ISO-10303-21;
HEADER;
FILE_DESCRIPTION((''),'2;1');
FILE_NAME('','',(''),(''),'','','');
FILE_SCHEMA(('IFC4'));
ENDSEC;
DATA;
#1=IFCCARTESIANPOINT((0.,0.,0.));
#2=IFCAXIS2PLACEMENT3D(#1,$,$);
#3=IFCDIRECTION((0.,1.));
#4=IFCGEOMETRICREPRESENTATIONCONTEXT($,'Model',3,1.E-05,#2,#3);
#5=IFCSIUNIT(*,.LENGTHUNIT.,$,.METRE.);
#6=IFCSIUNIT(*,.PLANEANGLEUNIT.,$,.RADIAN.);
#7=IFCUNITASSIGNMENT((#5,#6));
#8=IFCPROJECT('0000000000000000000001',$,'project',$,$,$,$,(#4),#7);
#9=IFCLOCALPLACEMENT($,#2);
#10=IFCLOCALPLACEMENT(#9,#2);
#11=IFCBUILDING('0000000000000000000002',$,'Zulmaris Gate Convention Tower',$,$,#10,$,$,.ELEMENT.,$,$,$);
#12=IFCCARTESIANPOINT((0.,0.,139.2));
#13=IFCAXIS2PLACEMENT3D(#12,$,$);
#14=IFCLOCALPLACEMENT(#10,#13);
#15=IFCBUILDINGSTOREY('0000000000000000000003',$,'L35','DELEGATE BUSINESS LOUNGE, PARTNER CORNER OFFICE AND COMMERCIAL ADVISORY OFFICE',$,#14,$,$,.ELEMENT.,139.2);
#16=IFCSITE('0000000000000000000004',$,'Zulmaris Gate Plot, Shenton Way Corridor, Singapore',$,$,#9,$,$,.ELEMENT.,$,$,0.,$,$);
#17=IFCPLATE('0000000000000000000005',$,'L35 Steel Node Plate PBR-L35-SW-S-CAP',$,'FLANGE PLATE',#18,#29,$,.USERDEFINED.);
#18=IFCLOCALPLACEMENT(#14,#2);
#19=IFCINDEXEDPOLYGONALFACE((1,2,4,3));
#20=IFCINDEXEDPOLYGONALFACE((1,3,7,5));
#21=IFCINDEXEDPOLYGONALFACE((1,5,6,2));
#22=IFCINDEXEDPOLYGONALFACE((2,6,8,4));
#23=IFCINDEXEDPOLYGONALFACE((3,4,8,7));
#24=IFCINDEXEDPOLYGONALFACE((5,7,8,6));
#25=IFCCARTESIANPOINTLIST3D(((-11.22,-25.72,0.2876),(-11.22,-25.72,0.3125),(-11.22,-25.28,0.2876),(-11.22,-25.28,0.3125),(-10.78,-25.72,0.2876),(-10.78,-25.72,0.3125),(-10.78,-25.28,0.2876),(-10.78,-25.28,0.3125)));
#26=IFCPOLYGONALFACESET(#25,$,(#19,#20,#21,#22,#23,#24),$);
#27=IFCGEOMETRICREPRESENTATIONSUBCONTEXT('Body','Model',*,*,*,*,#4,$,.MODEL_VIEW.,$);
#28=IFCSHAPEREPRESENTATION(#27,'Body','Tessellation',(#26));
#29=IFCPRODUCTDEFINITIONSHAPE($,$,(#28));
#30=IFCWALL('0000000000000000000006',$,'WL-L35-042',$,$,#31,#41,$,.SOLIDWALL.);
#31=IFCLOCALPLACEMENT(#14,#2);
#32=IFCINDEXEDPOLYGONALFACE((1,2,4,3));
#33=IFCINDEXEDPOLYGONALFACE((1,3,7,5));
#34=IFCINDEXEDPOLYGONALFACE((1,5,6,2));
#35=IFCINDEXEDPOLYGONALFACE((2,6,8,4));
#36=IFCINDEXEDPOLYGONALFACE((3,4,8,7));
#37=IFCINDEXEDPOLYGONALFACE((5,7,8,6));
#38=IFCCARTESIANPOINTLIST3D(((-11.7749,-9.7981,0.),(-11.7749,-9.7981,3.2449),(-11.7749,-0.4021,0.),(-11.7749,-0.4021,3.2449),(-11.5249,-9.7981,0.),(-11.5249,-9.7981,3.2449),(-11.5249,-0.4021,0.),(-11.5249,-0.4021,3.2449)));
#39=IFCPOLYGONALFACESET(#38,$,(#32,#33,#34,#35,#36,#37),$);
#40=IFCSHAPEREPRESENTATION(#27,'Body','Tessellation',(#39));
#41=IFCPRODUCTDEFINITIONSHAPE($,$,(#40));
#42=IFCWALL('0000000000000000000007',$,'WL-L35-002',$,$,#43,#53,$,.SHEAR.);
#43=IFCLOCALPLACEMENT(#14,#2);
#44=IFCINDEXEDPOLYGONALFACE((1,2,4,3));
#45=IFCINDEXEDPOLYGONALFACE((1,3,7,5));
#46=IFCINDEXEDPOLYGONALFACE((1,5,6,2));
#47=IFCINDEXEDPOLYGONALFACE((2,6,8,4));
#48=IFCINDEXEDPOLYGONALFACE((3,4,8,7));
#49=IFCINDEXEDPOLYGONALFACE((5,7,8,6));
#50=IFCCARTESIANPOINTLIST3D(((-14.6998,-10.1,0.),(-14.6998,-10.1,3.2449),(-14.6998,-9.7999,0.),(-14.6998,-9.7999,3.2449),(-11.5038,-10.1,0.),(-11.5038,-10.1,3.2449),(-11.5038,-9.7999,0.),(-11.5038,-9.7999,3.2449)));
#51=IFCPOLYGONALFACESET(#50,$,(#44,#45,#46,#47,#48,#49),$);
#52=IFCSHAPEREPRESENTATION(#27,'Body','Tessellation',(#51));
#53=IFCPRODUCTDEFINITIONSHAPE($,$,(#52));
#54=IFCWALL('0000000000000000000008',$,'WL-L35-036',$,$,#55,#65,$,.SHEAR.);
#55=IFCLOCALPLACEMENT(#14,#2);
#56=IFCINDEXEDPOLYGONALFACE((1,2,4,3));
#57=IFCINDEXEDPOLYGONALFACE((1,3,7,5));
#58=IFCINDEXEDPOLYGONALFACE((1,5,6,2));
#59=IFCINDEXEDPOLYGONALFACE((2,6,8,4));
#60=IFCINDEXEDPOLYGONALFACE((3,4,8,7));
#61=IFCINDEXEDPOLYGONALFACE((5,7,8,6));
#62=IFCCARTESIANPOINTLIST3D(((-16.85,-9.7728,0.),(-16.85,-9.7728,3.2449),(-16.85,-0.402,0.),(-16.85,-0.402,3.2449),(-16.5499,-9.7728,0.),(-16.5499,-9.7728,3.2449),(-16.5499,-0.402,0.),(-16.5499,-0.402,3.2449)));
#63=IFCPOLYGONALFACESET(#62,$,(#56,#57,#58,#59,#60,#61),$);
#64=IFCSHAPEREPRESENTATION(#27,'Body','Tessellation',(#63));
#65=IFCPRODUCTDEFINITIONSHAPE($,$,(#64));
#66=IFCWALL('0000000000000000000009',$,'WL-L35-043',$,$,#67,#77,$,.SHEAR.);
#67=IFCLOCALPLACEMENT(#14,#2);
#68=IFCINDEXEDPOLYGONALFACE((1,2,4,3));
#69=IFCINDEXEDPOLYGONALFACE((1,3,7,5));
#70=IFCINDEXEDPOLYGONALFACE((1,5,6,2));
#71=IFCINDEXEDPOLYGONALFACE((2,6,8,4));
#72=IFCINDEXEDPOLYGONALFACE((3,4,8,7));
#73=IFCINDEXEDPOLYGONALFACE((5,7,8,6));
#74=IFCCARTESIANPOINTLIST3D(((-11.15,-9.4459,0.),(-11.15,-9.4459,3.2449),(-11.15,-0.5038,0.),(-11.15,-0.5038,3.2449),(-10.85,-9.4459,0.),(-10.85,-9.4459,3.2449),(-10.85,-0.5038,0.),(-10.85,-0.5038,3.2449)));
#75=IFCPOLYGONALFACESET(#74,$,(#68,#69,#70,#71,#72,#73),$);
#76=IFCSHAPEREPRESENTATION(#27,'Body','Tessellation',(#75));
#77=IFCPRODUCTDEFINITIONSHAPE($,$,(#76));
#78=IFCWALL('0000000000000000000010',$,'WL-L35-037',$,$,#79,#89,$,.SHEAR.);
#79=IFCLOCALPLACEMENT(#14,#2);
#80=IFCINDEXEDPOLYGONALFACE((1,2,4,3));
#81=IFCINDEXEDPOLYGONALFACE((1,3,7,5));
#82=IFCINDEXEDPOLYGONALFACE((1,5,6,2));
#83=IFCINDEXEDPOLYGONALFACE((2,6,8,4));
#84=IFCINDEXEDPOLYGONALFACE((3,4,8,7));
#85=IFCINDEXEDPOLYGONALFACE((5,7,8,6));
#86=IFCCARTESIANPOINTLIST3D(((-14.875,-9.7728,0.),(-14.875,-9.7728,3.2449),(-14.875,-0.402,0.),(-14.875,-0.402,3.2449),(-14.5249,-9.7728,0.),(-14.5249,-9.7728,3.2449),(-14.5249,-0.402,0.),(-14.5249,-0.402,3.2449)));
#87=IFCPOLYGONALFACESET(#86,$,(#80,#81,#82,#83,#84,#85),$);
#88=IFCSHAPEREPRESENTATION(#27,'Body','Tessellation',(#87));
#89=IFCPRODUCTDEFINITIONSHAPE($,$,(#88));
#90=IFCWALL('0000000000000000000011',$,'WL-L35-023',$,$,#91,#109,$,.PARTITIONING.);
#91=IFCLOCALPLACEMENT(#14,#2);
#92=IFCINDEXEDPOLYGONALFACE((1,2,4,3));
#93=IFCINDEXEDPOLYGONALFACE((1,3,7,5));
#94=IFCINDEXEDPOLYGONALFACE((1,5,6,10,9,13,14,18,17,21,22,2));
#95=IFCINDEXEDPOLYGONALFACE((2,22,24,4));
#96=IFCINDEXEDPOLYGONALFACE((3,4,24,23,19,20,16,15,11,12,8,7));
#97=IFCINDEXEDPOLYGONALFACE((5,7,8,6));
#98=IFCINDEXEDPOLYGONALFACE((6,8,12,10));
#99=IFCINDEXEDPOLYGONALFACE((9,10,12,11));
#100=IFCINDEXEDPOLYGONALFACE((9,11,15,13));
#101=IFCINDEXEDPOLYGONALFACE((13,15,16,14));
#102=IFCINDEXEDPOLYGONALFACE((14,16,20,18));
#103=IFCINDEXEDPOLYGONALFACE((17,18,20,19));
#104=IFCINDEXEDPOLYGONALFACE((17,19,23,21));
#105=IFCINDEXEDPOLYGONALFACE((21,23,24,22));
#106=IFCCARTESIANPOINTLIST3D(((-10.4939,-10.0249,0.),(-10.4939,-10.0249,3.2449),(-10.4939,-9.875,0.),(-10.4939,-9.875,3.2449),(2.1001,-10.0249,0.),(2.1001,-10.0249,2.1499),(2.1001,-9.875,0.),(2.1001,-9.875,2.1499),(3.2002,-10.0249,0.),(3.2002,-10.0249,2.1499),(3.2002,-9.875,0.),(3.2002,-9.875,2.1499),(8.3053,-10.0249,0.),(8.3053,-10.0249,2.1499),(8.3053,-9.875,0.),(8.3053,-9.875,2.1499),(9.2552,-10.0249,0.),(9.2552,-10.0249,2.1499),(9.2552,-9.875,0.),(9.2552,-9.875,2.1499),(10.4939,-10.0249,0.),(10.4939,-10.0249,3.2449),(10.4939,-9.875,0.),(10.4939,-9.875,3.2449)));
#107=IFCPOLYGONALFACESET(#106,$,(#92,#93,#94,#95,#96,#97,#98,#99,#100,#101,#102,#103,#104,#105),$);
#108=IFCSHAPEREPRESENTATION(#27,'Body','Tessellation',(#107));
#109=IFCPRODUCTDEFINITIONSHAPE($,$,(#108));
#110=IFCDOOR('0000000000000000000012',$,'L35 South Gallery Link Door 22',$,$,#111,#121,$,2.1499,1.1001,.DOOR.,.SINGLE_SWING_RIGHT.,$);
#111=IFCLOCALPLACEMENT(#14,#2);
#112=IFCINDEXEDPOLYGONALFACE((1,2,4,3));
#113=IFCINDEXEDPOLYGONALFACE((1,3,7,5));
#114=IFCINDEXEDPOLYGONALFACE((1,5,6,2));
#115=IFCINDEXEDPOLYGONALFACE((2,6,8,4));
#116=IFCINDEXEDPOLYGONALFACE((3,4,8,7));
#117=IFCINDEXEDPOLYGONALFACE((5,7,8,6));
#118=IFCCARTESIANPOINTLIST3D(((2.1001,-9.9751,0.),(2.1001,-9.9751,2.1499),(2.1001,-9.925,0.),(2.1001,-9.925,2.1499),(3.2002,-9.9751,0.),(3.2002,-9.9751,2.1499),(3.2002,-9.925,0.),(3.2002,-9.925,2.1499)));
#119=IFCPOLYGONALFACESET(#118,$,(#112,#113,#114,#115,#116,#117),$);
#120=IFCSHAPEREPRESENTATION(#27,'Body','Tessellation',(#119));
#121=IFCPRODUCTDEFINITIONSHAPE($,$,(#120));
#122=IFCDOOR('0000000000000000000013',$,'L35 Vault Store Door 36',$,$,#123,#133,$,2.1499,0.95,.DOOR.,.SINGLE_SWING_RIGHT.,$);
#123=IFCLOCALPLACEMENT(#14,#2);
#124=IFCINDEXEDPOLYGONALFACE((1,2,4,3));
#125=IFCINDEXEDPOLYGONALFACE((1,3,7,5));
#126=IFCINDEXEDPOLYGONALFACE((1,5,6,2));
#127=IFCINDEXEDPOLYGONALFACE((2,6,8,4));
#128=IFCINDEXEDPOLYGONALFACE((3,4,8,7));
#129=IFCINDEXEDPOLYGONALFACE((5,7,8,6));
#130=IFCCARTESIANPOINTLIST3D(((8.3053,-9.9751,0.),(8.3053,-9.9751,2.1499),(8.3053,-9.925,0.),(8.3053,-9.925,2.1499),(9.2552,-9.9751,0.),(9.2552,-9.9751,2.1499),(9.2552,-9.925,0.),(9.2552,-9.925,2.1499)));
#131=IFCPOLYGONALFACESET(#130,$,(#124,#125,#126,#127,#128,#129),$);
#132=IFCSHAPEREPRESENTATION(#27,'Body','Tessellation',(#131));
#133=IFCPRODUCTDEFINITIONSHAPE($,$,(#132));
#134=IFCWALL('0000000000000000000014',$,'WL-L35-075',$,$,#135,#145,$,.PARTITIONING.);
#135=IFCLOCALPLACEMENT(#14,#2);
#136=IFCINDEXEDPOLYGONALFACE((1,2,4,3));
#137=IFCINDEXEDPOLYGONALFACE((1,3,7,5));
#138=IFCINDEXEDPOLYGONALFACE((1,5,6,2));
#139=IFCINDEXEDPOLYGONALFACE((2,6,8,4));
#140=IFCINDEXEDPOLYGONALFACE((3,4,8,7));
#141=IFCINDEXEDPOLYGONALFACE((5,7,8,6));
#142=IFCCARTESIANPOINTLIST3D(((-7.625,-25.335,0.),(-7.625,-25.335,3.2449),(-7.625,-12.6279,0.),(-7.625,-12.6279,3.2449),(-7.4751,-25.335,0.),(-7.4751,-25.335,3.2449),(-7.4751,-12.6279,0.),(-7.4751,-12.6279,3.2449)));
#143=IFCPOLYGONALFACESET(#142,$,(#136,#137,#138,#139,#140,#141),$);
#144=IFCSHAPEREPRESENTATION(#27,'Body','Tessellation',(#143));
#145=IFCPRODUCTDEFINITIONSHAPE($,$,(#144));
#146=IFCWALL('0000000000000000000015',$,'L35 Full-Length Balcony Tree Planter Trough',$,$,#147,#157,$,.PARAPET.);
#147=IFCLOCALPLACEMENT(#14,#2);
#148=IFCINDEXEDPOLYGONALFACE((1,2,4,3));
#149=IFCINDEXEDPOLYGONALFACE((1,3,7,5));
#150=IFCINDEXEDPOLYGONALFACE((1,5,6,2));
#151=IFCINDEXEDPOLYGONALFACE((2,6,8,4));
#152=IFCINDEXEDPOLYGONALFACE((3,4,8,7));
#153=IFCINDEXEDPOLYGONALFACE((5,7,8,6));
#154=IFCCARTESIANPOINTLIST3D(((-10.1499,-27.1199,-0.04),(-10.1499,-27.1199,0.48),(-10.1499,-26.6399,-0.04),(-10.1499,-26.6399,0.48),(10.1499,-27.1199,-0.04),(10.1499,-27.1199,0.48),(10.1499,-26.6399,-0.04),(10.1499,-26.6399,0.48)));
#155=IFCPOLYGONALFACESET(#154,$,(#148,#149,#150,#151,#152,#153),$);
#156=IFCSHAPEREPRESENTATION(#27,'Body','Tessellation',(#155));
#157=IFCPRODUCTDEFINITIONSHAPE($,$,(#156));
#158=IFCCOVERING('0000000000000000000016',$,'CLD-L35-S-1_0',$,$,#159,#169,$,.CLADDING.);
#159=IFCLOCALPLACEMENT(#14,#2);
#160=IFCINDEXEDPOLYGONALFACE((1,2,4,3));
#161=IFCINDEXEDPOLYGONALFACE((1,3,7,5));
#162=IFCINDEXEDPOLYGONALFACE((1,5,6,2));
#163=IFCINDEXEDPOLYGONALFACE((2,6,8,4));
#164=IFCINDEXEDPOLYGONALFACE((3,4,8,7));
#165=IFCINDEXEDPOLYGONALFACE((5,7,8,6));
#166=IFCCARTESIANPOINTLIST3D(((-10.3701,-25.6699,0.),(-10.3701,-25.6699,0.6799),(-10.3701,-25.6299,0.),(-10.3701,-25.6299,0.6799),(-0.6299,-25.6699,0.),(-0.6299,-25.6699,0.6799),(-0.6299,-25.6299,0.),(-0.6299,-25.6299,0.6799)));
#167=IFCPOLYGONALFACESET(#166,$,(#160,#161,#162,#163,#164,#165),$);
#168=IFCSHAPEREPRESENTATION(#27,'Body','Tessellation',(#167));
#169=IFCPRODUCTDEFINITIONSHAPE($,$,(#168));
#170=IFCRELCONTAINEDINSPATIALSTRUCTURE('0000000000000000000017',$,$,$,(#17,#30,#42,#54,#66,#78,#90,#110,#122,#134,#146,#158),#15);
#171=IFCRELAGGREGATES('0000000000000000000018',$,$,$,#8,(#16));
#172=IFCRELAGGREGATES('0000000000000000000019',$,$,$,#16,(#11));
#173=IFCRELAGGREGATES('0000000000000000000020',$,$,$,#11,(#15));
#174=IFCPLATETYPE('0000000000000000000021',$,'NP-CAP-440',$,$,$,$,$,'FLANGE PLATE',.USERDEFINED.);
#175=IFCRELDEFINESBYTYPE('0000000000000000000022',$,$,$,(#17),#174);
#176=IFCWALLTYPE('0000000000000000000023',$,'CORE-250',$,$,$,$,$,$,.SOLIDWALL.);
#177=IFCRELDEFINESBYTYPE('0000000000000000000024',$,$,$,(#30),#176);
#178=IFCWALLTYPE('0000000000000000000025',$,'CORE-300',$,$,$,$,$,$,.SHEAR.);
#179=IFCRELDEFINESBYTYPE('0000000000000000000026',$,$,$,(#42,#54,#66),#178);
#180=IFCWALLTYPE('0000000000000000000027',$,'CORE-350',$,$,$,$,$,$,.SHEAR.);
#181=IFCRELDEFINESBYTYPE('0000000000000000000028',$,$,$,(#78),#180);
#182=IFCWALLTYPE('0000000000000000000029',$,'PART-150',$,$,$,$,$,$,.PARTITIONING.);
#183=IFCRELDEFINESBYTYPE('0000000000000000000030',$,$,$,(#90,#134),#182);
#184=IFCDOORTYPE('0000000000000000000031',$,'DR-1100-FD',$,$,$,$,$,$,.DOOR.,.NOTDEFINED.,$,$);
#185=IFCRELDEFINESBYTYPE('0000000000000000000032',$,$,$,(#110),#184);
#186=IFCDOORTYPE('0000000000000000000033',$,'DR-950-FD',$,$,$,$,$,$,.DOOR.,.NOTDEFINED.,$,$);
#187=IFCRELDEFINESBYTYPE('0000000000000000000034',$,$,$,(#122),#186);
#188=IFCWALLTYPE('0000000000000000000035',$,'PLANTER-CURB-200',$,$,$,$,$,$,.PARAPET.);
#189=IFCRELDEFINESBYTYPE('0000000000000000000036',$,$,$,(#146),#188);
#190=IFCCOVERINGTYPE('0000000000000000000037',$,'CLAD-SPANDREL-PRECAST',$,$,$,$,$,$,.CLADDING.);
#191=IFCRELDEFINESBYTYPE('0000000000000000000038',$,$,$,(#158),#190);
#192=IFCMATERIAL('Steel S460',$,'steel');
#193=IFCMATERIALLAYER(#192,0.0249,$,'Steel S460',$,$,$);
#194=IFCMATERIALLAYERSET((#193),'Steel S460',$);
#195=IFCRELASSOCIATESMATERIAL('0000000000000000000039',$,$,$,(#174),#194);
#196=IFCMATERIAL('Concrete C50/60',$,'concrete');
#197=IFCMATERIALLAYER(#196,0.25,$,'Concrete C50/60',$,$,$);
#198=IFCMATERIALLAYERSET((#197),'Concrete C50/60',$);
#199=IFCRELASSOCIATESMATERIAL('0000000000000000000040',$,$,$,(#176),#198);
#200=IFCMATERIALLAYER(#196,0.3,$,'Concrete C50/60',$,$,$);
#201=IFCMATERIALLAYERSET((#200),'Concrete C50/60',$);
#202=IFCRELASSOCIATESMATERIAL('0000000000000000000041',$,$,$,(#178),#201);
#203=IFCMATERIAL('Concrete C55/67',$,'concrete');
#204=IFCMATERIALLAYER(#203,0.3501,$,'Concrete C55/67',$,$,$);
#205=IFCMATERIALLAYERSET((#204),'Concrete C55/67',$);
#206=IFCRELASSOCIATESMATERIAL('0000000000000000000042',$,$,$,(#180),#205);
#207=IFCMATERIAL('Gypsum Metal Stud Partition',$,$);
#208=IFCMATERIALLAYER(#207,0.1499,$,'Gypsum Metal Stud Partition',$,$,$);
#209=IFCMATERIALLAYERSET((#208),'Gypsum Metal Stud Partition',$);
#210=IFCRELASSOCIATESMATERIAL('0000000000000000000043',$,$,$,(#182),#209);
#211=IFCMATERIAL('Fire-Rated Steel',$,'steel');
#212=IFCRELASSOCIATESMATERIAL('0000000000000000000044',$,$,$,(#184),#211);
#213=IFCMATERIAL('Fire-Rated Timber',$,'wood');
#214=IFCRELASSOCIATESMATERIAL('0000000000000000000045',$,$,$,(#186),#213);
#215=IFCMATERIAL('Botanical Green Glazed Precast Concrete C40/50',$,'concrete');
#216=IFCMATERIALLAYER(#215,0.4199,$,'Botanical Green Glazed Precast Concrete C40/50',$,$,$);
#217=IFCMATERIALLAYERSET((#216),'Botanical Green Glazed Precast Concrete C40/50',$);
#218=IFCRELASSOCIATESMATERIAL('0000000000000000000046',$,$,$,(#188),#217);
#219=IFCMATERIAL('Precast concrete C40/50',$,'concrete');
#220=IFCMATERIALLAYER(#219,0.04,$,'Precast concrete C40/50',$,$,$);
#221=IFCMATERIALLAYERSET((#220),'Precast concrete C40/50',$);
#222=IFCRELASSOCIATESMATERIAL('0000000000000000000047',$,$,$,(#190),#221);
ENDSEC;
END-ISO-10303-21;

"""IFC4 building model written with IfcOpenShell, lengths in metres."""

from ifc_helpers import new_model, si_unit, direction, frame, frame_2d, origin, origin_2d, place, context, subcontext, project, spatial, rectangle, extrude, material, layer, layer_set, type_object, element, fill, save


model = new_model("IFC4")

# Units and contexts
model_context = context("Model", 3, precision=1e-05, world=origin(), true_north=direction((0.0, 1.0)))
body_context = subcontext(model_context, "Body", "Model", "MODEL_VIEW")
ifc_project = project(units=[si_unit("LENGTHUNIT", "METRE"), si_unit("PLANEANGLEUNIT", "RADIAN")], contexts=[model_context])

# Site, building, storey
site_placement = place(None, origin())
site = spatial("IfcSite", under=ifc_project, at=site_placement, Name="Zulmaris Gate Plot, Shenton Way Corridor, Singapore", CompositionType="ELEMENT", RefElevation=0.0)
building_placement = place(site_placement, origin())
building = spatial("IfcBuilding", under=site, at=building_placement, Name="Zulmaris Gate Convention Tower", CompositionType="ELEMENT")
storey_placement = place(building_placement, frame((0.0, 0.0, 139.2)))
storey = spatial("IfcBuildingStorey", under=building, at=storey_placement, Name="L35", Description="DELEGATE BUSINESS LOUNGE, PARTNER CORNER OFFICE AND COMMERCIAL ADVISORY OFFICE", CompositionType="ELEMENT", Elevation=139.2)

# Shared definitions
ifc_material_1 = material(Name="Steel S460", Category="steel")

# Plate
ifc_layer_1 = layer(ifc_material_1, 0.0249, Name="Steel S460")
ifc_layer_set_1 = layer_set([ifc_layer_1], Name="Steel S460")
plate_type = type_object("IfcPlateType", Name="NP-CAP-440", ElementType="FLANGE PLATE", PredefinedType="USERDEFINED", material=ifc_layer_set_1)
plate_placement = place(storey_placement, frame((-11.0, -25.5, 0.2876), z_axis=(0.0, 0.0, 1.0), x_axis=(1.0, 0.0, 0.0)))
element("IfcPlate", 1, at=plate_placement, inside=storey, type_object=plate_type, Name="L35 Steel Node Plate PBR-L35-SW-S-CAP", ObjectType="FLANGE PLATE", PredefinedType="USERDEFINED", context=body_context, shape_type="SweptSolid", body=[
    extrude(rectangle(XDim=0.4399, YDim=0.4399, at=origin_2d()), origin(), (0.0, 0.0, 1.0), 0.0249),
])

# Walls
ifc_material_2 = material(Name="Concrete C50/60", Category="concrete")
ifc_layer_2 = layer(ifc_material_2, 0.25, Name="Concrete C50/60")
ifc_layer_set_2 = layer_set([ifc_layer_2], Name="Concrete C50/60")
wall_type_1 = type_object("IfcWallType", Name="CORE-250", PredefinedType="SOLIDWALL", material=ifc_layer_set_2)
wall_1_placement = place(storey_placement, frame((-11.6499, -9.7981, 0.0), z_axis=(0.0, 0.0, 1.0), x_axis=(0.0, 1.0, 0.0)))
element("IfcWall", 2, at=wall_1_placement, inside=storey, type_object=wall_type_1, Name="WL-L35-042", PredefinedType="SOLIDWALL", context=body_context, shape_type="SweptSolid", body=[
    extrude(rectangle(XDim=9.396, YDim=0.25, at=frame_2d((4.698, 0.0))), origin(), (0.0, 0.0, 1.0), 3.2449),
])
ifc_layer_3 = layer(ifc_material_2, 0.3, Name="Concrete C50/60")
ifc_layer_set_3 = layer_set([ifc_layer_3], Name="Concrete C50/60")
wall_type_2 = type_object("IfcWallType", Name="CORE-300", PredefinedType="SHEAR", material=ifc_layer_set_3)
wall_2_placement = place(storey_placement, frame((-14.7, -9.95, 0.0), z_axis=(0.0, 0.0, 1.0), x_axis=(1.0, 0.0, 0.0)))
element("IfcWall", 3, at=wall_2_placement, inside=storey, type_object=wall_type_2, Name="WL-L35-002", PredefinedType="SHEAR", context=body_context, shape_type="SweptSolid", body=[
    extrude(rectangle(XDim=3.196, YDim=0.3, at=frame_2d((1.5981, 0.0))), origin(), (0.0, 0.0, 1.0), 3.2449),
])
wall_3_placement = place(storey_placement, frame((-16.7, -9.7729, 0.0), z_axis=(0.0, 0.0, 1.0), x_axis=(0.0, 1.0, 0.0)))
element("IfcWall", 4, at=wall_3_placement, inside=storey, type_object=wall_type_2, Name="WL-L35-036", PredefinedType="SHEAR", context=body_context, shape_type="SweptSolid", body=[
    extrude(rectangle(XDim=9.3708, YDim=0.3, at=frame_2d((4.6855, 0.0))), origin(), (0.0, 0.0, 1.0), 3.2449),
])
wall_4_placement = place(storey_placement, frame((-11.0, -9.446, 0.0), z_axis=(0.0, 0.0, 1.0), x_axis=(0.0, 1.0, 0.0)))
element("IfcWall", 5, at=wall_4_placement, inside=storey, type_object=wall_type_2, Name="WL-L35-043", PredefinedType="SHEAR", context=body_context, shape_type="SweptSolid", body=[
    extrude(rectangle(XDim=8.9421, YDim=0.3, at=frame_2d((4.4712, 0.0))), origin(), (0.0, 0.0, 1.0), 3.2449),
])
ifc_material_3 = material(Name="Concrete C55/67", Category="concrete")
ifc_layer_4 = layer(ifc_material_3, 0.3501, Name="Concrete C55/67")
ifc_layer_set_4 = layer_set([ifc_layer_4], Name="Concrete C55/67")
wall_type_3 = type_object("IfcWallType", Name="CORE-350", PredefinedType="SHEAR", material=ifc_layer_set_4)
wall_5_placement = place(storey_placement, frame((-14.7, -9.7729, 0.0), z_axis=(0.0, 0.0, 1.0), x_axis=(0.0, 1.0, 0.0)))
element("IfcWall", 6, at=wall_5_placement, inside=storey, type_object=wall_type_3, Name="WL-L35-037", PredefinedType="SHEAR", context=body_context, shape_type="SweptSolid", body=[
    extrude(rectangle(XDim=9.3708, YDim=0.3501, at=frame_2d((4.6855, 0.0))), origin(), (0.0, 0.0, 1.0), 3.2449),
])

# Wall, openings, doors
ifc_material_4 = material(Name="Gypsum Metal Stud Partition")
ifc_layer_5 = layer(ifc_material_4, 0.1499, Name="Gypsum Metal Stud Partition")
ifc_layer_set_5 = layer_set([ifc_layer_5], Name="Gypsum Metal Stud Partition")
wall_type_4 = type_object("IfcWallType", Name="PART-150", PredefinedType="PARTITIONING", material=ifc_layer_set_5)
wall_6_placement = place(storey_placement, frame((-10.4939, -9.95, 0.0), z_axis=(0.0, 0.0, 1.0), x_axis=(1.0, 0.0, 0.0)))
wall_6 = element("IfcWall", 7, at=wall_6_placement, inside=storey, type_object=wall_type_4, Name="WL-L35-023", PredefinedType="PARTITIONING", context=body_context, shape_type="SweptSolid", body=[
    extrude(rectangle(XDim=20.9878, YDim=0.1499, at=frame_2d((10.4939, 0.0))), origin(), (0.0, 0.0, 1.0), 3.2449),
])
opening_1_placement = place(wall_6_placement, frame((12.594, 0.0, 0.0)))
opening_1 = element("IfcOpeningElement", 8, at=opening_1_placement, cuts=wall_6, PredefinedType="OPENING", context=body_context, shape_type="SweptSolid", body=[
    extrude(rectangle(XDim=1.1001, YDim=2.1499, at=frame_2d((0.55, 1.075))), frame((0.0, 0.085, 0.0), z_axis=(0.0, -1.0, 0.0), x_axis=(1.0, 0.0, 0.0)), (0.0, 0.0, 1.0), 0.1699),
])
opening_2_placement = place(wall_6_placement, frame((18.7991, 0.0, 0.0)))
opening_2 = element("IfcOpeningElement", 9, at=opening_2_placement, cuts=wall_6, PredefinedType="OPENING", context=body_context, shape_type="SweptSolid", body=[
    extrude(rectangle(XDim=0.95, YDim=2.1499, at=frame_2d((0.4751, 1.075))), frame((0.0, 0.085, 0.0), z_axis=(0.0, -1.0, 0.0), x_axis=(1.0, 0.0, 0.0)), (0.0, 0.0, 1.0), 0.1699),
])
ifc_material_5 = material(Name="Fire-Rated Steel", Category="steel")
door_type_1 = type_object("IfcDoorType", Name="DR-1100-FD", OperationType="NOTDEFINED", PredefinedType="DOOR", material=ifc_material_5)
door_1_placement = place(opening_1_placement, origin())
door_1 = element("IfcDoor", 10, at=door_1_placement, inside=storey, type_object=door_type_1, Name="L35 South Gallery Link Door 22", OperationType="SINGLE_SWING_RIGHT", OverallHeight=2.1499, OverallWidth=1.1001, PredefinedType="DOOR", context=body_context, shape_type="SweptSolid", body=[
    extrude(rectangle(XDim=1.1001, YDim=2.1499, at=frame_2d((0.55, 1.075))), frame((0.0, 0.0249, 0.0), z_axis=(0.0, -1.0, 0.0), x_axis=(1.0, 0.0, 0.0)), (0.0, 0.0, 1.0), 0.05),
])
fill(opening_1, door_1)
ifc_material_6 = material(Name="Fire-Rated Timber", Category="wood")
door_type_2 = type_object("IfcDoorType", Name="DR-950-FD", OperationType="NOTDEFINED", PredefinedType="DOOR", material=ifc_material_6)
door_2_placement = place(opening_2_placement, origin())
door_2 = element("IfcDoor", 11, at=door_2_placement, inside=storey, type_object=door_type_2, Name="L35 Vault Store Door 36", OperationType="SINGLE_SWING_RIGHT", OverallHeight=2.1499, OverallWidth=0.95, PredefinedType="DOOR", context=body_context, shape_type="SweptSolid", body=[
    extrude(rectangle(XDim=0.95, YDim=2.1499, at=frame_2d((0.4751, 1.075))), frame((0.0, 0.0249, 0.0), z_axis=(0.0, -1.0, 0.0), x_axis=(1.0, 0.0, 0.0)), (0.0, 0.0, 1.0), 0.05),
])
fill(opening_2, door_2)

# Walls
wall_7_placement = place(storey_placement, frame((-7.55, -25.335, 0.0), z_axis=(0.0, 0.0, 1.0), x_axis=(0.0, 1.0, 0.0)))
element("IfcWall", 12, at=wall_7_placement, inside=storey, type_object=wall_type_4, Name="WL-L35-075", PredefinedType="PARTITIONING", context=body_context, shape_type="SweptSolid", body=[
    extrude(rectangle(XDim=12.707, YDim=0.1499, at=frame_2d((6.3535, 0.0))), origin(), (0.0, 0.0, 1.0), 3.2449),
])
ifc_material_7 = material(Name="Botanical Green Glazed Precast Concrete C40/50", Category="concrete")
ifc_layer_6 = layer(ifc_material_7, 0.4199, Name="Botanical Green Glazed Precast Concrete C40/50")
ifc_layer_set_6 = layer_set([ifc_layer_6], Name="Botanical Green Glazed Precast Concrete C40/50")
wall_type_5 = type_object("IfcWallType", Name="PLANTER-CURB-200", PredefinedType="PARAPET", material=ifc_layer_set_6)
wall_8_placement = place(storey_placement, frame((-10.1499, -26.8799, -0.04), z_axis=(0.0, 0.0, 1.0), x_axis=(1.0, 0.0, 0.0)))
element("IfcWall", 13, at=wall_8_placement, inside=storey, type_object=wall_type_5, Name="L35 Full-Length Balcony Tree Planter Trough", PredefinedType="PARAPET", context=body_context, shape_type="SweptSolid", body=[
    extrude(rectangle(XDim=20.2998, YDim=0.48, at=frame_2d((10.1499, 0.0))), origin(), (0.0, 0.0, 1.0), 0.52),
])

# Shared definitions
ifc_material_8 = material(Name="Precast concrete C40/50", Category="concrete")

# Covering
ifc_layer_7 = layer(ifc_material_8, 0.04, Name="Precast concrete C40/50")
ifc_layer_set_7 = layer_set([ifc_layer_7], Name="Precast concrete C40/50")
covering_type = type_object("IfcCoveringType", Name="CLAD-SPANDREL-PRECAST", PredefinedType="CLADDING", material=ifc_layer_set_7)
covering_placement = place(storey_placement, frame((-10.3701, -25.6499, 0.0), z_axis=(0.0, 0.0, 1.0), x_axis=(1.0, 0.0, 0.0)))
element("IfcCovering", 14, at=covering_placement, inside=storey, type_object=covering_type, Name="CLD-L35-S-1_0", PredefinedType="CLADDING", context=body_context, shape_type="SweptSolid", body=[
    extrude(rectangle(XDim=9.7402, YDim=0.04, at=frame_2d((4.8701, 0.0))), origin(), (0.0, 0.0, 1.0), 0.6799),
])

save(model, "model.ifc")
